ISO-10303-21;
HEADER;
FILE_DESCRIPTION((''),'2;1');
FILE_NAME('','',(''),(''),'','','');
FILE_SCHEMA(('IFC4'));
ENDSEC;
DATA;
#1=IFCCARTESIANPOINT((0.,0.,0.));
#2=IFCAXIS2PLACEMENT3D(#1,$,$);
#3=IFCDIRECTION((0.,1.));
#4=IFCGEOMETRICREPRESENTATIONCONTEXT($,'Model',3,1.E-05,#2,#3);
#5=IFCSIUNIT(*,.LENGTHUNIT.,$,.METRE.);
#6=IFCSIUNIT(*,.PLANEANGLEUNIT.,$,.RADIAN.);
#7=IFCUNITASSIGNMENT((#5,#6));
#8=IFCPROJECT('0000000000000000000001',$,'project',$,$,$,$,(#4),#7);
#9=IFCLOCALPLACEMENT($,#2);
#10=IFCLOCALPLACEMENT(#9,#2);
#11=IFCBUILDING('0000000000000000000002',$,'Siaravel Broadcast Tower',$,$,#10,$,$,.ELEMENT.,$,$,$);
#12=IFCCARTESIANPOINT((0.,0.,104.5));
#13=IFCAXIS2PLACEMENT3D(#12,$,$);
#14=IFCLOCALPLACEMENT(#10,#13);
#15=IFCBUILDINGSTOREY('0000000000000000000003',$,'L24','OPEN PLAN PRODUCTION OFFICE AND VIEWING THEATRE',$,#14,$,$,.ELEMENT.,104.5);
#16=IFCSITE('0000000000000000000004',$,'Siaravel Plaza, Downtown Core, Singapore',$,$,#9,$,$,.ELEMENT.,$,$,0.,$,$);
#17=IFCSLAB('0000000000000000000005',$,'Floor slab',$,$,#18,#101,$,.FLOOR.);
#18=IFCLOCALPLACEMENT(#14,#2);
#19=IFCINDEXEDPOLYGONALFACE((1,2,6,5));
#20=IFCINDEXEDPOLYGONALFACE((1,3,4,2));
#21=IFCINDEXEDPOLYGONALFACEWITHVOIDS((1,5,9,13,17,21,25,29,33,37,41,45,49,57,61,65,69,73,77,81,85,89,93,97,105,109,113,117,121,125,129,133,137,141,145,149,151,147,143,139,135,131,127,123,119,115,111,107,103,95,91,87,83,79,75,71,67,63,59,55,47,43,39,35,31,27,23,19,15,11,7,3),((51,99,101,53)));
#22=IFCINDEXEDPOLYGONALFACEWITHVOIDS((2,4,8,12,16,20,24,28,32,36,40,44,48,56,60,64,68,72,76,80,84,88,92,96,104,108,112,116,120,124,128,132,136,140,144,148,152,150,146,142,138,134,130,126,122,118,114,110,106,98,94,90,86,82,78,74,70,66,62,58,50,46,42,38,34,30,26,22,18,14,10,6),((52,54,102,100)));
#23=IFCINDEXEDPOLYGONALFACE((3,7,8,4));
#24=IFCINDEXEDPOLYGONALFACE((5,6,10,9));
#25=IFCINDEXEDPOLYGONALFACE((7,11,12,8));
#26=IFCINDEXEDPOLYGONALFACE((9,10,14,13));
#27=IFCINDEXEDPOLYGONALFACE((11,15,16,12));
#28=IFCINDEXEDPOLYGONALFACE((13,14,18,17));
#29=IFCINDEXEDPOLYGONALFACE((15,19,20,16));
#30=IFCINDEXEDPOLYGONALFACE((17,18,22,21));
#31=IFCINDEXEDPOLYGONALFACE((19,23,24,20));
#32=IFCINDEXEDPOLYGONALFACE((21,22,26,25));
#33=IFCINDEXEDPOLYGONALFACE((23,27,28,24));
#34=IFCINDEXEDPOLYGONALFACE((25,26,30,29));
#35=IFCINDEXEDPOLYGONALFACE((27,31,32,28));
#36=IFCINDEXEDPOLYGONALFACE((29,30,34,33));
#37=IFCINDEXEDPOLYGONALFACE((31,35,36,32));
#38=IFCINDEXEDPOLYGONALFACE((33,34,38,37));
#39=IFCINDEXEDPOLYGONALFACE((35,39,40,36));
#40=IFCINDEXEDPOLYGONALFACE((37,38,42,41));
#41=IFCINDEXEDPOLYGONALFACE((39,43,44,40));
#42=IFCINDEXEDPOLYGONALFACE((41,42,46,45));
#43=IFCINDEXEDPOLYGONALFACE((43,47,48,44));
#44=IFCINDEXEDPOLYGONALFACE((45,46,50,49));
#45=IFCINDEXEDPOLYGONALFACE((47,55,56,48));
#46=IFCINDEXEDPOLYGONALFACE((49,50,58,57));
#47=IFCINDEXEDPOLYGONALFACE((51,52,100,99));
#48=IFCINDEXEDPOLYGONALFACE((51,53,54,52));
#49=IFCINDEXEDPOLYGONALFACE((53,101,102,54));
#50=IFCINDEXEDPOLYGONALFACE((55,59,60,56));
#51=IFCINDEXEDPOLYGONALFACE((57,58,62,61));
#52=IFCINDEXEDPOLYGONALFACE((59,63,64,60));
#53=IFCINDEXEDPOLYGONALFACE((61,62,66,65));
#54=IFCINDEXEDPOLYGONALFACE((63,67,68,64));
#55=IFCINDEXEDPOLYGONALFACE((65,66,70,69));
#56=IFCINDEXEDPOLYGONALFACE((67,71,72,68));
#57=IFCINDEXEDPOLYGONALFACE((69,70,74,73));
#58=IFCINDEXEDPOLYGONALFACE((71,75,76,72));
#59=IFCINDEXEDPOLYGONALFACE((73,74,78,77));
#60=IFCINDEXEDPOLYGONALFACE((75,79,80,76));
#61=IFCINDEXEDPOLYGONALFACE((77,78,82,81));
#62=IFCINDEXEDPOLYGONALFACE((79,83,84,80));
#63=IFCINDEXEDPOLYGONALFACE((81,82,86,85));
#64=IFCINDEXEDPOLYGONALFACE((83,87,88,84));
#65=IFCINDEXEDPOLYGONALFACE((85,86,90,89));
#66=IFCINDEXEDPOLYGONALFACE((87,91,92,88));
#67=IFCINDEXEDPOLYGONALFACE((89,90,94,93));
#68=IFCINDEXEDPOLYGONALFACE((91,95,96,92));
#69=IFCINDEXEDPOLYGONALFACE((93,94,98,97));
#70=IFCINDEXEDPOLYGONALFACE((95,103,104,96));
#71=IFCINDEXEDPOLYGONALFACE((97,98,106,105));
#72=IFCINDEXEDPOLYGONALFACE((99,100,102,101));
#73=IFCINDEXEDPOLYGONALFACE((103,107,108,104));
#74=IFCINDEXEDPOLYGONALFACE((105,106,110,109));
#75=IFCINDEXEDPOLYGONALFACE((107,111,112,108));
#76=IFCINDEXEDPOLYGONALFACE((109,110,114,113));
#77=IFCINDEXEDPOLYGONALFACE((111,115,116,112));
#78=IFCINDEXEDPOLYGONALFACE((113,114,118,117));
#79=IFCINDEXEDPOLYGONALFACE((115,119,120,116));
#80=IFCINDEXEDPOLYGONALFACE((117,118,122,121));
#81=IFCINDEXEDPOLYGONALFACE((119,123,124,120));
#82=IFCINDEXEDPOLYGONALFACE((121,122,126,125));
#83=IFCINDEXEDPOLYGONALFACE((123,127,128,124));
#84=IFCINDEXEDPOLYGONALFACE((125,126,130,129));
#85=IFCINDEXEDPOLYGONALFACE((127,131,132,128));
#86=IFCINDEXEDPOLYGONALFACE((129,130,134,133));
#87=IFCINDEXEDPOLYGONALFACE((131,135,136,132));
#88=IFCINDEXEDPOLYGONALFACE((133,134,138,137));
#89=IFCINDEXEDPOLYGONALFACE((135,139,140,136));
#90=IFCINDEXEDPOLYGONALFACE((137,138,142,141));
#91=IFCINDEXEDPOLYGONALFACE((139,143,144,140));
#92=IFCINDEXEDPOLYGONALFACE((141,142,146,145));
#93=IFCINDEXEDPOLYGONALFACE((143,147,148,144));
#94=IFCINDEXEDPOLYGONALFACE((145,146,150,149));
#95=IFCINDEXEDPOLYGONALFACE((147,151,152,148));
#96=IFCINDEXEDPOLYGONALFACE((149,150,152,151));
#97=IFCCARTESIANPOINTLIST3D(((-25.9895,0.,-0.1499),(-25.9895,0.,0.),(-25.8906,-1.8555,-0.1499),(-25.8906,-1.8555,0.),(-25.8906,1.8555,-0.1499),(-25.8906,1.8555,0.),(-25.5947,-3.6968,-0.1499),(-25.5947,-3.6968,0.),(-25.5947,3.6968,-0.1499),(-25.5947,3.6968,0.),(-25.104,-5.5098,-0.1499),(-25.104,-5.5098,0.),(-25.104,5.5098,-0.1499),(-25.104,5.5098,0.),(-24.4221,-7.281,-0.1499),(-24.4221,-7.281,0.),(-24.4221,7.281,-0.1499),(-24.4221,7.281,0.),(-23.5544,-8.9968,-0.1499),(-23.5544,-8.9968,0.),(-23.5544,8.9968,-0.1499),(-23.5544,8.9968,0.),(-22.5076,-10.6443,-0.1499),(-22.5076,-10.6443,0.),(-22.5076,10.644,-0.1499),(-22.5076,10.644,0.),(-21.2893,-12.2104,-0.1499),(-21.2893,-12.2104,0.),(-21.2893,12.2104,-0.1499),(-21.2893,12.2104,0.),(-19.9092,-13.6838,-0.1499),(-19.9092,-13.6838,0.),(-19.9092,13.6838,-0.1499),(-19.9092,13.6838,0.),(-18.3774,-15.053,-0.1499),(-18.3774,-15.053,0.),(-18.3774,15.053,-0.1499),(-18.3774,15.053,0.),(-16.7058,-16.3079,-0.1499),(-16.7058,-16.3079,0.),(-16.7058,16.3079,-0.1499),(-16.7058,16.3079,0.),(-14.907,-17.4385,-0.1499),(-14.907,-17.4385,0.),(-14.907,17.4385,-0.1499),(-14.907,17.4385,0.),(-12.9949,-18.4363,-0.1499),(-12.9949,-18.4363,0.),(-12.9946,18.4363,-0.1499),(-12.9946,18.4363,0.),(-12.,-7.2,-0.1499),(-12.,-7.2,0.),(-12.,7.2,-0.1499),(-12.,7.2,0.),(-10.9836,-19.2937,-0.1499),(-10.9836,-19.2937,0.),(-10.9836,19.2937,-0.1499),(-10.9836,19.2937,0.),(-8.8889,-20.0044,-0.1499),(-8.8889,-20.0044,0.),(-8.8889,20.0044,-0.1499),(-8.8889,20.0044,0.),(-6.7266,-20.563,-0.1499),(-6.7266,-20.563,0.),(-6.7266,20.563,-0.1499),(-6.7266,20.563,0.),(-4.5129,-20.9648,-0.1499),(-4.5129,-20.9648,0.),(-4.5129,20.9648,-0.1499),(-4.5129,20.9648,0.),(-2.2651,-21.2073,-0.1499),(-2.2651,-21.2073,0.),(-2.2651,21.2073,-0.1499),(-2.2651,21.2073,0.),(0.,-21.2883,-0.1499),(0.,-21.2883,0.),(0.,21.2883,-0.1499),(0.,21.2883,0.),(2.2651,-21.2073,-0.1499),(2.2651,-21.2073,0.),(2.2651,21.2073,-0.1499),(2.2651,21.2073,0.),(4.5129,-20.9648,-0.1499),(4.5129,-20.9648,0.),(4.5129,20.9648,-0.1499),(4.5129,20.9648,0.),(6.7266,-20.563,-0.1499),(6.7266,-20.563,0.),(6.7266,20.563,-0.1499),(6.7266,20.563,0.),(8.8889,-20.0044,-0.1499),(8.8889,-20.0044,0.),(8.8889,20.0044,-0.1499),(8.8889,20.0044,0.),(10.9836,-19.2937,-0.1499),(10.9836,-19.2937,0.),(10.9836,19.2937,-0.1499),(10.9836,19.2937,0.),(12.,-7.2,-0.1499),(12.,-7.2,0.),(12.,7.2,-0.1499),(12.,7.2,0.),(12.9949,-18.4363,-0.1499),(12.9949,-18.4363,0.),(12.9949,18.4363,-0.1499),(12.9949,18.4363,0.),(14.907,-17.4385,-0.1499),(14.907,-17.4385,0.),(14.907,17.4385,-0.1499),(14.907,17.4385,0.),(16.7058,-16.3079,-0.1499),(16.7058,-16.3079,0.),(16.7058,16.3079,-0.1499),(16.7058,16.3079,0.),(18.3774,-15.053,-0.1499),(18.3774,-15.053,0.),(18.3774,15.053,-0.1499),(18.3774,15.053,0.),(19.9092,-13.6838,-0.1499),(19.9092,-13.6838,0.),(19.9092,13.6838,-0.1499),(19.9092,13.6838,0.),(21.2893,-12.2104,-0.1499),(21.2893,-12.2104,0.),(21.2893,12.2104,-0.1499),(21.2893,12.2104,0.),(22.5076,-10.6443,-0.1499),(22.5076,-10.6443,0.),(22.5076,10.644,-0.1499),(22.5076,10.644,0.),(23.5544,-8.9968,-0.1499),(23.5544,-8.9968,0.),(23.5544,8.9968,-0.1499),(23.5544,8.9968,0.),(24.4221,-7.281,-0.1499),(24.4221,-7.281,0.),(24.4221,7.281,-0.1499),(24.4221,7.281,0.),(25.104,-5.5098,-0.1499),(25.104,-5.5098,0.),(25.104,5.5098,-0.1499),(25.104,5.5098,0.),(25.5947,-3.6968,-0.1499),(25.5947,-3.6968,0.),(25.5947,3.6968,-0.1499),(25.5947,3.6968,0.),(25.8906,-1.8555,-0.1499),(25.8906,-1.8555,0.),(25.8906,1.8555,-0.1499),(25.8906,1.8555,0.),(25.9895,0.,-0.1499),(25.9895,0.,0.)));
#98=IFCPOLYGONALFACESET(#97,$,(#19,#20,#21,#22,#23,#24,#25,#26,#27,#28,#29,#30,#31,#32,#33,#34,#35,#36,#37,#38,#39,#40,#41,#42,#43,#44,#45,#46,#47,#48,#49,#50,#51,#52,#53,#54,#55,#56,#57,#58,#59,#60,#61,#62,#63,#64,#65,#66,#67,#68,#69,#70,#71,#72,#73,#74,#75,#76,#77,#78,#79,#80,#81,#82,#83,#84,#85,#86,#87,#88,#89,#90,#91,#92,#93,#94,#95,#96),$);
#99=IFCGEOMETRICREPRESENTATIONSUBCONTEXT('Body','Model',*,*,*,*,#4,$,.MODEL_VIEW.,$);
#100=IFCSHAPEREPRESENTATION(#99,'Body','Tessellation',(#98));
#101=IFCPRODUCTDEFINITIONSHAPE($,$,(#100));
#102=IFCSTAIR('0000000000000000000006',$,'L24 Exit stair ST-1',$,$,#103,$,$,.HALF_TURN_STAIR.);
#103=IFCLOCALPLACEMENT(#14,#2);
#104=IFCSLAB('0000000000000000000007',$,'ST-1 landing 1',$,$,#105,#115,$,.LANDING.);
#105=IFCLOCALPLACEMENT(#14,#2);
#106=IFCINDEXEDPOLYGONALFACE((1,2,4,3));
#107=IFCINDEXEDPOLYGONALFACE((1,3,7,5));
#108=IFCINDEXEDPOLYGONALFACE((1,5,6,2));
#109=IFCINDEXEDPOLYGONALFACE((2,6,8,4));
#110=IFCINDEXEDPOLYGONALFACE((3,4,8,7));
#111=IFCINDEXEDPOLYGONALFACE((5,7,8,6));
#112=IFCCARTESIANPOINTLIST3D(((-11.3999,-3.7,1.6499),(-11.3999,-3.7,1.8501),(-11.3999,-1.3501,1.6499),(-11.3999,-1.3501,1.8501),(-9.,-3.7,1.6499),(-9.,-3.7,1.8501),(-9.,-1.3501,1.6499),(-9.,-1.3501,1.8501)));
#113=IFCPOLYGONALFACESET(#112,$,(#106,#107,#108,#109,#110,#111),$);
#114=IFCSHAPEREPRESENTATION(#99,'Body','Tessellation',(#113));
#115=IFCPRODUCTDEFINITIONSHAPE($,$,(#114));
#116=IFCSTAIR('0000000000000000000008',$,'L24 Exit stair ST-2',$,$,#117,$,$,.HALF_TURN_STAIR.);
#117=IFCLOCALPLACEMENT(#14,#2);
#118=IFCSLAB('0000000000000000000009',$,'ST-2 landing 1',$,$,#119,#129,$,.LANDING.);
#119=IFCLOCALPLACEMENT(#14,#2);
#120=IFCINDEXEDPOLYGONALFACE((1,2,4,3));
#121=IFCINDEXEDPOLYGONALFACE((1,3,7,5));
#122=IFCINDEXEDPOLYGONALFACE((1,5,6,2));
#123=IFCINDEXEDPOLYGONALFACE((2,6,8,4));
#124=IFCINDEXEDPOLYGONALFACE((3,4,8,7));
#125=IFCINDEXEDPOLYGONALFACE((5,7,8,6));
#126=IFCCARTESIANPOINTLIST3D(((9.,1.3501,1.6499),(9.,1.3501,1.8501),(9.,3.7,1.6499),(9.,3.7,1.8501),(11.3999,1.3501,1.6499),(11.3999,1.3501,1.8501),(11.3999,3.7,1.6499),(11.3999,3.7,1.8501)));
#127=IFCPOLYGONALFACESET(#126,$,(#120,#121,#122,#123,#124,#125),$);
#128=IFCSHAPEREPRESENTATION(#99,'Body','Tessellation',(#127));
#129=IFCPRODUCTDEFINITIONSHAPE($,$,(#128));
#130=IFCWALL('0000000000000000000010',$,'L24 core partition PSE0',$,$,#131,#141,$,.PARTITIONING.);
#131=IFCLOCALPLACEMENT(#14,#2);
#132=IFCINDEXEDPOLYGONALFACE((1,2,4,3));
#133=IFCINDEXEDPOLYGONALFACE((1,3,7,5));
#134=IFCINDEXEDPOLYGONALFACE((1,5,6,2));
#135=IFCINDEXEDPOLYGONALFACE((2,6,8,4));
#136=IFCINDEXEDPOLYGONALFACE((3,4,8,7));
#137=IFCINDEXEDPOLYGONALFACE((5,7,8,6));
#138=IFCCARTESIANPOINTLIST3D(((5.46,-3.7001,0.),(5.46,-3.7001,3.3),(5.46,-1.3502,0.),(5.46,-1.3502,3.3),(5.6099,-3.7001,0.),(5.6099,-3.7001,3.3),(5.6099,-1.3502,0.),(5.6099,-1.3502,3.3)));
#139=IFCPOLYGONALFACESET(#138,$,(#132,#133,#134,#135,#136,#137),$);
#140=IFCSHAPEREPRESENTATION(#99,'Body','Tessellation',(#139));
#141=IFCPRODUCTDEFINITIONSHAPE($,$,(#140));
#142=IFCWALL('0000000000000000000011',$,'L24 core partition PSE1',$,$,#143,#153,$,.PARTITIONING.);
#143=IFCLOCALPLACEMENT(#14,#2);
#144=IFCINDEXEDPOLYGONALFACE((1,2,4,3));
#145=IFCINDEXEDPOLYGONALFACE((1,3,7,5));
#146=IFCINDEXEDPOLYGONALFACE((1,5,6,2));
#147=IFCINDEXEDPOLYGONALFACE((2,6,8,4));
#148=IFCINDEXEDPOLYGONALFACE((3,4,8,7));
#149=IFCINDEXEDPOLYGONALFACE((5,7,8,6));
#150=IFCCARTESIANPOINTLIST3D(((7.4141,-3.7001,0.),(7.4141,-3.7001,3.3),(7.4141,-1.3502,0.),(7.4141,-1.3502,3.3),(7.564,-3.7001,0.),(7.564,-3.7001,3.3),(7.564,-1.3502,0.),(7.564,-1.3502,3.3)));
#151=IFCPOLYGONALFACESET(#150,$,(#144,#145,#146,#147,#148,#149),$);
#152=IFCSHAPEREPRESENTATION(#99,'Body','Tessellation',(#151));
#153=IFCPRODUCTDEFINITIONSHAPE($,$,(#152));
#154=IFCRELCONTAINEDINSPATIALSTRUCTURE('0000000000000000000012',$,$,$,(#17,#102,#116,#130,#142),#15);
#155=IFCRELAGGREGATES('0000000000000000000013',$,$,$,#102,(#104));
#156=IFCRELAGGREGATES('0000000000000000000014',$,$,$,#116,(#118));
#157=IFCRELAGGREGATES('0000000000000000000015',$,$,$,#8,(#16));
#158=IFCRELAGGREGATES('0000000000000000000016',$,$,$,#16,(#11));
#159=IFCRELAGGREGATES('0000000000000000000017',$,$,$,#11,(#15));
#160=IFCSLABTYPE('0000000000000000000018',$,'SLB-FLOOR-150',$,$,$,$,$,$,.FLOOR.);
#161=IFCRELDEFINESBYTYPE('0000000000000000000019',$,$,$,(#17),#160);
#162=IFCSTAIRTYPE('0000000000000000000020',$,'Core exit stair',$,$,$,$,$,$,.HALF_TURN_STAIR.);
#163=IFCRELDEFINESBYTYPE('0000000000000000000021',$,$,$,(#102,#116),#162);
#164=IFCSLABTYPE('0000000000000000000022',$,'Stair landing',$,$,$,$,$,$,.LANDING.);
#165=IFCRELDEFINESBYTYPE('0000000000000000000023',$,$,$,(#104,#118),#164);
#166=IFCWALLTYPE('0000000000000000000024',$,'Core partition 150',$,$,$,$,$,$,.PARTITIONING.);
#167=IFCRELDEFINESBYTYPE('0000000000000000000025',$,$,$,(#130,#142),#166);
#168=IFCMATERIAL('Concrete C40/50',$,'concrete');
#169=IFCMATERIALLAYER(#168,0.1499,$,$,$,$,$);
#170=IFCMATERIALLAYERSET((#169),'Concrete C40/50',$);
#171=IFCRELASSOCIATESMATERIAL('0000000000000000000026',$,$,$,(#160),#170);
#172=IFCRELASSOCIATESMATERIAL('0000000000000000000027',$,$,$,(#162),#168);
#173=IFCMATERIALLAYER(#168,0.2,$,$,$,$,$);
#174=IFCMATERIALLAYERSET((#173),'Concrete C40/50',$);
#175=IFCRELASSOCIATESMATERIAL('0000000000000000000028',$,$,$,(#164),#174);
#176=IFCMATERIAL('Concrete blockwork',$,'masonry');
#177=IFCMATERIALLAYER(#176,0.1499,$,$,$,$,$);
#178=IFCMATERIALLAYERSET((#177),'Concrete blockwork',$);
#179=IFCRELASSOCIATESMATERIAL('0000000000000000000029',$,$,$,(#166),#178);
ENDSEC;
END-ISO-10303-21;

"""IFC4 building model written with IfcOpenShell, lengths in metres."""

from ifc_helpers import new_model, si_unit, direction, frame, frame_2d, origin, place, context, subcontext, project, spatial, polyline, rectangle, outline, extrude, material, layer, layer_set, type_object, element, aggregate, save


model = new_model("IFC4")

# Units and contexts
model_context = context("Model", 3, precision=1e-05, world=origin(), true_north=direction((0.0, 1.0)))
body_context = subcontext(model_context, "Body", "Model", "MODEL_VIEW")
ifc_project = project(units=[si_unit("LENGTHUNIT", "METRE"), si_unit("PLANEANGLEUNIT", "RADIAN")], contexts=[model_context])

# Site, building, storey
site_placement = place(None, origin())
site = spatial("IfcSite", under=ifc_project, at=site_placement, Name="Siaravel Plaza, Downtown Core, Singapore", CompositionType="ELEMENT", RefElevation=0.0)
building_placement = place(site_placement, origin())
building = spatial("IfcBuilding", under=site, at=building_placement, Name="Siaravel Broadcast Tower", CompositionType="ELEMENT")
storey_placement = place(building_placement, frame((0.0, 0.0, 104.5)))
storey = spatial("IfcBuildingStorey", under=building, at=storey_placement, Name="L24", Description="OPEN PLAN PRODUCTION OFFICE AND VIEWING THEATRE", CompositionType="ELEMENT", Elevation=104.5)

# Slab
ifc_material_1 = material(Name="Concrete C40/50", Category="concrete")
ifc_layer_1 = layer(ifc_material_1, 0.1499)
ifc_layer_set_1 = layer_set([ifc_layer_1], Name="Concrete C40/50")
slab_type_1 = type_object("IfcSlabType", Name="SLB-FLOOR-150", PredefinedType="FLOOR", material=ifc_layer_set_1)
slab_1_placement = place(storey_placement, frame((0.0, 0.0, -0.1499)))
element("IfcSlab", 1, at=slab_1_placement, inside=storey, type_object=slab_type_1, Name="Floor slab", PredefinedType="FLOOR", context=body_context, shape_type="SweptSolid", body=[
    extrude(outline(polyline([(25.9895, 0.0), (25.8906, 1.8555), (25.5947, 3.6968), (25.104, 5.5098), (24.4221, 7.281), (23.5544, 8.9968), (22.5076, 10.644), (21.2893, 12.2104), (19.9092, 13.6838), (18.3774, 15.053), (16.7058, 16.3079), (14.907, 17.4385), (12.9949, 18.4363), (10.9836, 19.2937), (8.8889, 20.0044), (6.7266, 20.563), (4.5129, 20.9648), (2.2651, 21.2073), (0.0, 21.2883), (-2.2651, 21.2073), (-4.5129, 20.9648), (-6.7266, 20.563), (-8.8889, 20.0044), (-10.9836, 19.2937), (-12.9946, 18.4363), (-14.907, 17.4385), (-16.7058, 16.3079), (-18.3774, 15.053), (-19.9092, 13.6838), (-21.2893, 12.2104), (-22.5076, 10.644), (-23.5544, 8.9968), (-24.4221, 7.281), (-25.104, 5.5098), (-25.5947, 3.6968), (-25.8906, 1.8555), (-25.9895, 0.0), (-25.8906, -1.8555), (-25.5947, -3.6968), (-25.104, -5.5098), (-24.4221, -7.281), (-23.5544, -8.9968), (-22.5076, -10.6443), (-21.2893, -12.2104), (-19.9092, -13.6838), (-18.3774, -15.053), (-16.7058, -16.3079), (-14.907, -17.4385), (-12.9949, -18.4363), (-10.9836, -19.2937), (-8.8889, -20.0044), (-6.7266, -20.563), (-4.5129, -20.9648), (-2.2651, -21.2073), (0.0, -21.2883), (2.2651, -21.2073), (4.5129, -20.9648), (6.7266, -20.563), (8.8889, -20.0044), (10.9836, -19.2937), (12.9949, -18.4363), (14.907, -17.4385), (16.7058, -16.3079), (18.3774, -15.053), (19.9092, -13.6838), (21.2893, -12.2104), (22.5076, -10.6443), (23.5544, -8.9968), (24.4221, -7.281), (25.104, -5.5098), (25.5947, -3.6968), (25.8906, -1.8555), (25.9895, 0.0)]), holes=[polyline([(-12.0, 7.2), (12.0, 7.2), (12.0, -7.2), (-12.0, -7.2), (-12.0, 7.2)])]), origin(), (0.0, 0.0, 1.0), 0.1499),
])

# Stairs, slabs
stair_type = type_object("IfcStairType", Name="Core exit stair", PredefinedType="HALF_TURN_STAIR", material=ifc_material_1)
stair_1_placement = place(storey_placement, origin())
stair_1 = element("IfcStair", 2, at=stair_1_placement, inside=storey, type_object=stair_type, Name="L24 Exit stair ST-1", PredefinedType="HALF_TURN_STAIR")
ifc_layer_2 = layer(ifc_material_1, 0.2)
ifc_layer_set_2 = layer_set([ifc_layer_2], Name="Concrete C40/50")
slab_type_2 = type_object("IfcSlabType", Name="Stair landing", PredefinedType="LANDING", material=ifc_layer_set_2)
slab_2_placement = place(storey_placement, frame((0.0, 0.0, 1.6499)))
slab_2 = element("IfcSlab", 3, at=slab_2_placement, type_object=slab_type_2, Name="ST-1 landing 1", PredefinedType="LANDING", context=body_context, shape_type="SweptSolid", body=[
    extrude(outline(polyline([(-9.0, -1.3501), (-11.3999, -1.3501), (-11.3999, -3.7), (-9.0, -3.7), (-9.0, -1.3501)])), origin(), (0.0, 0.0, 1.0), 0.2002),
])
aggregate(stair_1, [slab_2])
stair_2_placement = place(storey_placement, origin())
stair_2 = element("IfcStair", 4, at=stair_2_placement, inside=storey, type_object=stair_type, Name="L24 Exit stair ST-2", PredefinedType="HALF_TURN_STAIR")
slab_3_placement = place(storey_placement, frame((0.0, 0.0, 1.6499)))
slab_3 = element("IfcSlab", 5, at=slab_3_placement, type_object=slab_type_2, Name="ST-2 landing 1", PredefinedType="LANDING", context=body_context, shape_type="SweptSolid", body=[
    extrude(outline(polyline([(9.0, 1.3501), (11.3999, 1.3501), (11.3999, 3.7), (9.0, 3.7), (9.0, 1.3501)])), origin(), (0.0, 0.0, 1.0), 0.2002),
])
aggregate(stair_2, [slab_3])

# Walls
ifc_material_2 = material(Name="Concrete blockwork", Category="masonry")
ifc_layer_3 = layer(ifc_material_2, 0.1499)
ifc_layer_set_3 = layer_set([ifc_layer_3], Name="Concrete blockwork")
wall_type_1 = type_object("IfcWallType", Name="Core partition 150", PredefinedType="PARTITIONING", material=ifc_layer_set_3)
for number, where, z_axis, x_axis, name in (
    (6, (5.5349, -3.7, 0.0), (0.0, 0.0, 1.0), (0.0, 1.0, 0.0), "L24 core partition PSE0"),
    (7, (7.489, -3.7, 0.0), (0.0, 0.0, 1.0), (0.0, 1.0, 0.0), "L24 core partition PSE1"),
):
    element("IfcWall", number, at=place(storey_placement, frame(where, z_axis=z_axis, x_axis=x_axis)), inside=storey, type_object=wall_type_1, Name=name, PredefinedType="PARTITIONING", context=body_context, shape_type="SweptSolid", body=[
        extrude(rectangle(XDim=2.3499, YDim=0.1499, at=frame_2d((1.1748, 0.0))), origin(), (0.0, 0.0, 1.0), 3.3),
    ])

save(model, "model.ifc")
